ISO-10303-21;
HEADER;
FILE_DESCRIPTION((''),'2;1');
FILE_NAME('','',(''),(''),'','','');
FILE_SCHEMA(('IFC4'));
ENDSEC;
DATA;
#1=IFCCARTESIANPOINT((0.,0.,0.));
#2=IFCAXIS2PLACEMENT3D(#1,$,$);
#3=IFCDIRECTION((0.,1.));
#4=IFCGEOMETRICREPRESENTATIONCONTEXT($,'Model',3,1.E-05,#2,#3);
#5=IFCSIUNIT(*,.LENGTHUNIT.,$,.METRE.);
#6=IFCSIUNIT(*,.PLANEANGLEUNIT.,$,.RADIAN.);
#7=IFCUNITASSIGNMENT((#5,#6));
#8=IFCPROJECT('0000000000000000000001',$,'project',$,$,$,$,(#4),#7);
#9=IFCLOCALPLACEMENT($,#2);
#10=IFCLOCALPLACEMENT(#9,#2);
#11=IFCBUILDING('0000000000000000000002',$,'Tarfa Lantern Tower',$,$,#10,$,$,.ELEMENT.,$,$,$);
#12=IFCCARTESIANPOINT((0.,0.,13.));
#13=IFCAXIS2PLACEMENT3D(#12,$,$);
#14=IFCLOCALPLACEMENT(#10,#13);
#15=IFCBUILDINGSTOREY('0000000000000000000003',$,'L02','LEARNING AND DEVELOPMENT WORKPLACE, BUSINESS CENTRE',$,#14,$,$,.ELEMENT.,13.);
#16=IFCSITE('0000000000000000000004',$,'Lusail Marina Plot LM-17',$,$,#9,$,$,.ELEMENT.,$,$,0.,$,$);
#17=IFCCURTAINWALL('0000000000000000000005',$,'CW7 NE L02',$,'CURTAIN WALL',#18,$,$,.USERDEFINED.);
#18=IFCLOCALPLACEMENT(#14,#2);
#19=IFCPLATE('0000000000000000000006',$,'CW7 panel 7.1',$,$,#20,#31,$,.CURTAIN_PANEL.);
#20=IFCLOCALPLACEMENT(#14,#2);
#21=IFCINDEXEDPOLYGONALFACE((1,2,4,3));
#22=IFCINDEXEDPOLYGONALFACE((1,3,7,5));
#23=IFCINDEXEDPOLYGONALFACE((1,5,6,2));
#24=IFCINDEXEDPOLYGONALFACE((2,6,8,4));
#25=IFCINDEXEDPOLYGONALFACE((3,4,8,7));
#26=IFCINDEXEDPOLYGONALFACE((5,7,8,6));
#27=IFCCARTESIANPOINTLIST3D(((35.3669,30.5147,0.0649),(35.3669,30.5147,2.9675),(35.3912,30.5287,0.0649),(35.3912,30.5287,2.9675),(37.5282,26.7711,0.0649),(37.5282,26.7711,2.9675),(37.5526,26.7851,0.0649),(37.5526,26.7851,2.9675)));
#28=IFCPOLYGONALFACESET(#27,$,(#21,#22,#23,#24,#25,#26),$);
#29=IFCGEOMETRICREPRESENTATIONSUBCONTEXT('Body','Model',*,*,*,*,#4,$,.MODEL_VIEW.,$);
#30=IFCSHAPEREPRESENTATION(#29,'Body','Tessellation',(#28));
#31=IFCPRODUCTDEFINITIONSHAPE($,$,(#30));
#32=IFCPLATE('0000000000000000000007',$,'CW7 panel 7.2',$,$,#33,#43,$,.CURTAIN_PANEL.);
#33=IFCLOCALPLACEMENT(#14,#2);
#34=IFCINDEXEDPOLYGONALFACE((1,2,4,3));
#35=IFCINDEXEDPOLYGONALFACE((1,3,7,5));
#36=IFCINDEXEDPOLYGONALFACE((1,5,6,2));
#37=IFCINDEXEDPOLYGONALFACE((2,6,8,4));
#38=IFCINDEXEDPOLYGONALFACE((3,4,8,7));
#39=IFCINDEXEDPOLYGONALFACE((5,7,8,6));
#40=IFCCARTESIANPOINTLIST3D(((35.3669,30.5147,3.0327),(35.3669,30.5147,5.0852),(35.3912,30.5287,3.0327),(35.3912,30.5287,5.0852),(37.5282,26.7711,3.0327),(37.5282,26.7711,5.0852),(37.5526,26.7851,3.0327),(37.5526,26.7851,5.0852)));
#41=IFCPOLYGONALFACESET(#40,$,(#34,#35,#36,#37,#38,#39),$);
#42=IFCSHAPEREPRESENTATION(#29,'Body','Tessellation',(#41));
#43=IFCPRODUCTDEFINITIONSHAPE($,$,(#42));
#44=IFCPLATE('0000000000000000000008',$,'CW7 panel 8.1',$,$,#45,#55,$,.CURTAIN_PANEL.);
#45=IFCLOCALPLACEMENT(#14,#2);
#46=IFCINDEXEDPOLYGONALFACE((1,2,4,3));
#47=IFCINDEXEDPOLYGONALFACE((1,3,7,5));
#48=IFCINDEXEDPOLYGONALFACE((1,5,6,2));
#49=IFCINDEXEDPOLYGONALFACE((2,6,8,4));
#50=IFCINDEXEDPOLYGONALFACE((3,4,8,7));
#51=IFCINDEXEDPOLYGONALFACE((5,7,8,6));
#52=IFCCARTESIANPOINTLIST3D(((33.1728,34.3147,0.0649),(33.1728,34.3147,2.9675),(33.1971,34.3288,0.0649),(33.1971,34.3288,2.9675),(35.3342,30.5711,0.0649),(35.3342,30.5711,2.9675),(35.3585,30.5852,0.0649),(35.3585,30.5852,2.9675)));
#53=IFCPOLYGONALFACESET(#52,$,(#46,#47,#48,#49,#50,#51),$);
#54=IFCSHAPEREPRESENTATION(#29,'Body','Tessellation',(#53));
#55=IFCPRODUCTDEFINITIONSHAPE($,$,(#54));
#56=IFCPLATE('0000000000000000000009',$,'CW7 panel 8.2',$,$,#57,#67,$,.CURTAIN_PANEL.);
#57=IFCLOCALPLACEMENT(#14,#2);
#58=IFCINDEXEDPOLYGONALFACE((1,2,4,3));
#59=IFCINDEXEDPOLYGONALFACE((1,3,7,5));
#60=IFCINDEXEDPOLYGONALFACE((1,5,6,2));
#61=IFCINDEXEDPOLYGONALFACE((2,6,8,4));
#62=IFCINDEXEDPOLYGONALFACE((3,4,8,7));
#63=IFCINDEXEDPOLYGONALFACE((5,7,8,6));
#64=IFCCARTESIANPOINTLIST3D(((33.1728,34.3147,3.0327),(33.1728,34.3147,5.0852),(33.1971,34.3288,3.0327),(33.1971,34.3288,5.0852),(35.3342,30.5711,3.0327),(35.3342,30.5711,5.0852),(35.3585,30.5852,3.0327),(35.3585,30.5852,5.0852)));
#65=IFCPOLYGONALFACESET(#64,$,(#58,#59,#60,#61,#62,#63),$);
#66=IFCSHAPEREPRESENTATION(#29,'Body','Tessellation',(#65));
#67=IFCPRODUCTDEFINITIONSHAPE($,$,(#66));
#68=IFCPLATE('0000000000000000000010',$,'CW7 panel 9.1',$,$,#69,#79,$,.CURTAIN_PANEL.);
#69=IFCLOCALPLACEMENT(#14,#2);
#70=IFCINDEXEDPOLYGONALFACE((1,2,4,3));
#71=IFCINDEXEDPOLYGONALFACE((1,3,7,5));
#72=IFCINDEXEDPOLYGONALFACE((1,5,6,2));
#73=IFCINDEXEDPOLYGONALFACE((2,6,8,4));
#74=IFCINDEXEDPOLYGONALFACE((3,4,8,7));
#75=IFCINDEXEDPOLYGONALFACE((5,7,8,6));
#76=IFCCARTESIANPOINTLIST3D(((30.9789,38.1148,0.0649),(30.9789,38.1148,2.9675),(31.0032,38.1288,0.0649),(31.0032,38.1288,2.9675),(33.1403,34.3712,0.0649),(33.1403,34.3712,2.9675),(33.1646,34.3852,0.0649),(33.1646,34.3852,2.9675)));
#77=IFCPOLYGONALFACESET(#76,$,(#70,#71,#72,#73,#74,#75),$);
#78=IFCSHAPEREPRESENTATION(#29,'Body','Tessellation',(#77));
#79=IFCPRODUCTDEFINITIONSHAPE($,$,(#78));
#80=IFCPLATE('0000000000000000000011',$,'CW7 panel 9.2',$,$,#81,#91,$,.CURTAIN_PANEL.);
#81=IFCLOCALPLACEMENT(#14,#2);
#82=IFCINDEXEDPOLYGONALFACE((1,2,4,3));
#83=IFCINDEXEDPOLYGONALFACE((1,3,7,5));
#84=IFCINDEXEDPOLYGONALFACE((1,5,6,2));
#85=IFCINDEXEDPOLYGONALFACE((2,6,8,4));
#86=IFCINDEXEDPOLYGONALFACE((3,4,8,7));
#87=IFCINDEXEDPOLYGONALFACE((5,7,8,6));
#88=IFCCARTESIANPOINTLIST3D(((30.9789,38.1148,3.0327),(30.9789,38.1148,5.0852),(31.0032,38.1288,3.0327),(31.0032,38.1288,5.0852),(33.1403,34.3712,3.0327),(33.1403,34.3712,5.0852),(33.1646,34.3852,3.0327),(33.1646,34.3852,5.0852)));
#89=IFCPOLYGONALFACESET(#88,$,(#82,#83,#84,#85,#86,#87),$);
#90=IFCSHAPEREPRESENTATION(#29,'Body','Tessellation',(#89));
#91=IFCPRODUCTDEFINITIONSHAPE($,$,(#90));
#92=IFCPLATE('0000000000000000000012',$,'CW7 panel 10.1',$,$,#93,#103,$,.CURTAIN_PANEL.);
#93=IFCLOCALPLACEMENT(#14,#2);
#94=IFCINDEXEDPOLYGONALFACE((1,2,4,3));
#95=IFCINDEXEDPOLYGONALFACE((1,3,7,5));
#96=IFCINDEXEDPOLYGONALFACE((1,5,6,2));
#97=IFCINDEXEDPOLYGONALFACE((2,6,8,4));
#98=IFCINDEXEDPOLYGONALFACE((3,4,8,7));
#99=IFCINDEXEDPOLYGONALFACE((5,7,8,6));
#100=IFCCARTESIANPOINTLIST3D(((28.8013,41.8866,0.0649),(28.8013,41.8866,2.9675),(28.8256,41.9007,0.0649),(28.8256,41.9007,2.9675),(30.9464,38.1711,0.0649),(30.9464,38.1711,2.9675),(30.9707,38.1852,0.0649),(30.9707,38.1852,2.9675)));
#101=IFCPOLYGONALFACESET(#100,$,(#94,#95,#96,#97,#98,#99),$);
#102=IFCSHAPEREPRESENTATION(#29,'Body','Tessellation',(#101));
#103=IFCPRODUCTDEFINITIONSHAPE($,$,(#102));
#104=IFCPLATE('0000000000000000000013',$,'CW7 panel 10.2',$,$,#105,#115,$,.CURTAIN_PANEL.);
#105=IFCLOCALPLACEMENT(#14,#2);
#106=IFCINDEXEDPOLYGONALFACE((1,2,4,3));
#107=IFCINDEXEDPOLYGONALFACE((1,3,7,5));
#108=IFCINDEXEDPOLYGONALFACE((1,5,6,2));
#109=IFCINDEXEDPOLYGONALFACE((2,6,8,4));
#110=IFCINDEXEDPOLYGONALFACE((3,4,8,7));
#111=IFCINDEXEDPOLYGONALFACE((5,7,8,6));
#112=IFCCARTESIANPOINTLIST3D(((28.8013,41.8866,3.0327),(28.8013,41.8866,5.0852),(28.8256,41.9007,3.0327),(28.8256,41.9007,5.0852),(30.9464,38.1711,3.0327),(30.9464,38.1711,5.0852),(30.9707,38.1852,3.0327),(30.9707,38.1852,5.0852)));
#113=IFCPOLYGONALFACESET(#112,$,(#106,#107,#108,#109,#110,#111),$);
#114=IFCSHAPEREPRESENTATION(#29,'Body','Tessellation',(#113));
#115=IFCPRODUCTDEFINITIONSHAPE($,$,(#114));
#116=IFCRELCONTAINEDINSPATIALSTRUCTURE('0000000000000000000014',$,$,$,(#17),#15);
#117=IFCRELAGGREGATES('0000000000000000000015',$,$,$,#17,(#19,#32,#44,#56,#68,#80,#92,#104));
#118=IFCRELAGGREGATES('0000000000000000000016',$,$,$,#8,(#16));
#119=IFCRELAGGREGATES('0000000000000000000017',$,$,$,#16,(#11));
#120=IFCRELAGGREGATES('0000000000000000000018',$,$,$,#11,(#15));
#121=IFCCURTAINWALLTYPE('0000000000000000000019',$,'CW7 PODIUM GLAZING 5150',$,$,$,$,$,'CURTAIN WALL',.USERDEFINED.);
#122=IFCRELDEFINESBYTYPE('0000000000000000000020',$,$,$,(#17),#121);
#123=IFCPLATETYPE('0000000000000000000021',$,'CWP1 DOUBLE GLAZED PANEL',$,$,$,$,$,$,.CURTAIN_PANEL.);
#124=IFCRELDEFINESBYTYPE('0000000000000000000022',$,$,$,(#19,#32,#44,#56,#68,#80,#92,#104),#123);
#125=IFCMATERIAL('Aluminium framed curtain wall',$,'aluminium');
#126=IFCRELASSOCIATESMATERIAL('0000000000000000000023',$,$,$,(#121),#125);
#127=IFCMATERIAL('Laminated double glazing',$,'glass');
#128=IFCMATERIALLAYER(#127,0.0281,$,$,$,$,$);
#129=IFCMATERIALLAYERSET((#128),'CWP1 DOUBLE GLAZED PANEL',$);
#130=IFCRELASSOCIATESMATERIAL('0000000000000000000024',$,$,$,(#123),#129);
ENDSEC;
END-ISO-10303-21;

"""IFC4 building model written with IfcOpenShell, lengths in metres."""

from ifc_helpers import new_model, si_unit, direction, frame, origin, origin_2d, place, context, subcontext, project, spatial, rectangle, extrude, material, layer, layer_set, type_object, element, aggregate, save


model = new_model("IFC4")

# Units and contexts
model_context = context("Model", 3, precision=1e-05, world=origin(), true_north=direction((0.0, 1.0)))
body_context = subcontext(model_context, "Body", "Model", "MODEL_VIEW")
ifc_project = project(units=[si_unit("LENGTHUNIT", "METRE"), si_unit("PLANEANGLEUNIT", "RADIAN")], contexts=[model_context])

# Site, building, storey
site_placement = place(None, origin())
site = spatial("IfcSite", under=ifc_project, at=site_placement, Name="Lusail Marina Plot LM-17", CompositionType="ELEMENT", RefElevation=0.0)
building_placement = place(site_placement, origin())
building = spatial("IfcBuilding", under=site, at=building_placement, Name="Tarfa Lantern Tower", CompositionType="ELEMENT")
storey_placement = place(building_placement, frame((0.0, 0.0, 13.0)))
storey = spatial("IfcBuildingStorey", under=building, at=storey_placement, Name="L02", Description="LEARNING AND DEVELOPMENT WORKPLACE, BUSINESS CENTRE", CompositionType="ELEMENT", Elevation=13.0)

# Curtain wall
ifc_material_1 = material(Name="Aluminium framed curtain wall", Category="aluminium")
curtain_wall_type = type_object("IfcCurtainWallType", Name="CW7 PODIUM GLAZING 5150", ElementType="CURTAIN WALL", PredefinedType="USERDEFINED", material=ifc_material_1)
curtain_wall_1_placement = place(storey_placement, origin())
curtain_wall_1 = element("IfcCurtainWall", 1, at=curtain_wall_1_placement, inside=storey, type_object=curtain_wall_type, Name="CW7 NE L02", ObjectType="CURTAIN WALL", PredefinedType="USERDEFINED")

# Plates
ifc_material_2 = material(Name="Laminated double glazing", Category="glass")
ifc_layer = layer(ifc_material_2, 0.0281)
ifc_layer_set = layer_set([ifc_layer], Name="CWP1 DOUBLE GLAZED PANEL")
plate_type = type_object("IfcPlateType", Name="CWP1 DOUBLE GLAZED PANEL", PredefinedType="CURTAIN_PANEL", material=ifc_layer_set)
plate_1_placement = place(storey_placement, frame((36.4597, 28.6499, 0.0649), z_axis=(0.0, 0.0, 1.0), x_axis=(-0.5, 0.866025, 0.0)))
plate_1 = element("IfcPlate", 2, at=plate_1_placement, type_object=plate_type, Name="CW7 panel 7.1", PredefinedType="CURTAIN_PANEL", context=body_context, shape_type="SweptSolid", body=[
    extrude(rectangle(XDim=4.3228, YDim=0.0281, at=origin_2d()), origin(), (0.0, 0.0, 1.0), 2.9026),
])
plate_2_placement = place(storey_placement, frame((36.4597, 28.6499, 3.0327), z_axis=(0.0, 0.0, 1.0), x_axis=(-0.5, 0.866025, 0.0)))
plate_2 = element("IfcPlate", 3, at=plate_2_placement, type_object=plate_type, Name="CW7 panel 7.2", PredefinedType="CURTAIN_PANEL", context=body_context, shape_type="SweptSolid", body=[
    extrude(rectangle(XDim=4.3228, YDim=0.0281, at=origin_2d()), origin(), (0.0, 0.0, 1.0), 2.0525),
])
plate_3_placement = place(storey_placement, frame((34.2656, 32.45, 0.0649), z_axis=(0.0, 0.0, 1.0), x_axis=(-0.5, 0.866025, 0.0)))
plate_3 = element("IfcPlate", 4, at=plate_3_placement, type_object=plate_type, Name="CW7 panel 8.1", PredefinedType="CURTAIN_PANEL", context=body_context, shape_type="SweptSolid", body=[
    extrude(rectangle(XDim=4.3228, YDim=0.0281, at=origin_2d()), origin(), (0.0, 0.0, 1.0), 2.9026),
])
plate_4_placement = place(storey_placement, frame((34.2656, 32.45, 3.0327), z_axis=(0.0, 0.0, 1.0), x_axis=(-0.5, 0.866025, 0.0)))
plate_4 = element("IfcPlate", 5, at=plate_4_placement, type_object=plate_type, Name="CW7 panel 8.2", PredefinedType="CURTAIN_PANEL", context=body_context, shape_type="SweptSolid", body=[
    extrude(rectangle(XDim=4.3228, YDim=0.0281, at=origin_2d()), origin(), (0.0, 0.0, 1.0), 2.0525),
])
plate_5_placement = place(storey_placement, frame((32.0718, 36.25, 0.0649), z_axis=(0.0, 0.0, 1.0), x_axis=(-0.5, 0.866025, 0.0)))
plate_5 = element("IfcPlate", 6, at=plate_5_placement, type_object=plate_type, Name="CW7 panel 9.1", PredefinedType="CURTAIN_PANEL", context=body_context, shape_type="SweptSolid", body=[
    extrude(rectangle(XDim=4.3228, YDim=0.0281, at=origin_2d()), origin(), (0.0, 0.0, 1.0), 2.9026),
])
plate_6_placement = place(storey_placement, frame((32.0718, 36.25, 3.0327), z_axis=(0.0, 0.0, 1.0), x_axis=(-0.5, 0.866025, 0.0)))
plate_6 = element("IfcPlate", 7, at=plate_6_placement, type_object=plate_type, Name="CW7 panel 9.2", PredefinedType="CURTAIN_PANEL", context=body_context, shape_type="SweptSolid", body=[
    extrude(rectangle(XDim=4.3228, YDim=0.0281, at=origin_2d()), origin(), (0.0, 0.0, 1.0), 2.0525),
])
plate_7_placement = place(storey_placement, frame((29.886, 40.0359, 0.0649), z_axis=(0.0, 0.0, 1.0), x_axis=(-0.5, 0.866025, 0.0)))
plate_7 = element("IfcPlate", 8, at=plate_7_placement, type_object=plate_type, Name="CW7 panel 10.1", PredefinedType="CURTAIN_PANEL", context=body_context, shape_type="SweptSolid", body=[
    extrude(rectangle(XDim=4.2903, YDim=0.0281, at=origin_2d()), origin(), (0.0, 0.0, 1.0), 2.9026),
])
plate_8_placement = place(storey_placement, frame((29.886, 40.0359, 3.0327), z_axis=(0.0, 0.0, 1.0), x_axis=(-0.5, 0.866025, 0.0)))
plate_8 = element("IfcPlate", 9, at=plate_8_placement, type_object=plate_type, Name="CW7 panel 10.2", PredefinedType="CURTAIN_PANEL", context=body_context, shape_type="SweptSolid", body=[
    extrude(rectangle(XDim=4.2903, YDim=0.0281, at=origin_2d()), origin(), (0.0, 0.0, 1.0), 2.0525),
])
aggregate(curtain_wall_1, [plate_1, plate_2, plate_3, plate_4, plate_5, plate_6, plate_7, plate_8])

save(model, "model.ifc")
